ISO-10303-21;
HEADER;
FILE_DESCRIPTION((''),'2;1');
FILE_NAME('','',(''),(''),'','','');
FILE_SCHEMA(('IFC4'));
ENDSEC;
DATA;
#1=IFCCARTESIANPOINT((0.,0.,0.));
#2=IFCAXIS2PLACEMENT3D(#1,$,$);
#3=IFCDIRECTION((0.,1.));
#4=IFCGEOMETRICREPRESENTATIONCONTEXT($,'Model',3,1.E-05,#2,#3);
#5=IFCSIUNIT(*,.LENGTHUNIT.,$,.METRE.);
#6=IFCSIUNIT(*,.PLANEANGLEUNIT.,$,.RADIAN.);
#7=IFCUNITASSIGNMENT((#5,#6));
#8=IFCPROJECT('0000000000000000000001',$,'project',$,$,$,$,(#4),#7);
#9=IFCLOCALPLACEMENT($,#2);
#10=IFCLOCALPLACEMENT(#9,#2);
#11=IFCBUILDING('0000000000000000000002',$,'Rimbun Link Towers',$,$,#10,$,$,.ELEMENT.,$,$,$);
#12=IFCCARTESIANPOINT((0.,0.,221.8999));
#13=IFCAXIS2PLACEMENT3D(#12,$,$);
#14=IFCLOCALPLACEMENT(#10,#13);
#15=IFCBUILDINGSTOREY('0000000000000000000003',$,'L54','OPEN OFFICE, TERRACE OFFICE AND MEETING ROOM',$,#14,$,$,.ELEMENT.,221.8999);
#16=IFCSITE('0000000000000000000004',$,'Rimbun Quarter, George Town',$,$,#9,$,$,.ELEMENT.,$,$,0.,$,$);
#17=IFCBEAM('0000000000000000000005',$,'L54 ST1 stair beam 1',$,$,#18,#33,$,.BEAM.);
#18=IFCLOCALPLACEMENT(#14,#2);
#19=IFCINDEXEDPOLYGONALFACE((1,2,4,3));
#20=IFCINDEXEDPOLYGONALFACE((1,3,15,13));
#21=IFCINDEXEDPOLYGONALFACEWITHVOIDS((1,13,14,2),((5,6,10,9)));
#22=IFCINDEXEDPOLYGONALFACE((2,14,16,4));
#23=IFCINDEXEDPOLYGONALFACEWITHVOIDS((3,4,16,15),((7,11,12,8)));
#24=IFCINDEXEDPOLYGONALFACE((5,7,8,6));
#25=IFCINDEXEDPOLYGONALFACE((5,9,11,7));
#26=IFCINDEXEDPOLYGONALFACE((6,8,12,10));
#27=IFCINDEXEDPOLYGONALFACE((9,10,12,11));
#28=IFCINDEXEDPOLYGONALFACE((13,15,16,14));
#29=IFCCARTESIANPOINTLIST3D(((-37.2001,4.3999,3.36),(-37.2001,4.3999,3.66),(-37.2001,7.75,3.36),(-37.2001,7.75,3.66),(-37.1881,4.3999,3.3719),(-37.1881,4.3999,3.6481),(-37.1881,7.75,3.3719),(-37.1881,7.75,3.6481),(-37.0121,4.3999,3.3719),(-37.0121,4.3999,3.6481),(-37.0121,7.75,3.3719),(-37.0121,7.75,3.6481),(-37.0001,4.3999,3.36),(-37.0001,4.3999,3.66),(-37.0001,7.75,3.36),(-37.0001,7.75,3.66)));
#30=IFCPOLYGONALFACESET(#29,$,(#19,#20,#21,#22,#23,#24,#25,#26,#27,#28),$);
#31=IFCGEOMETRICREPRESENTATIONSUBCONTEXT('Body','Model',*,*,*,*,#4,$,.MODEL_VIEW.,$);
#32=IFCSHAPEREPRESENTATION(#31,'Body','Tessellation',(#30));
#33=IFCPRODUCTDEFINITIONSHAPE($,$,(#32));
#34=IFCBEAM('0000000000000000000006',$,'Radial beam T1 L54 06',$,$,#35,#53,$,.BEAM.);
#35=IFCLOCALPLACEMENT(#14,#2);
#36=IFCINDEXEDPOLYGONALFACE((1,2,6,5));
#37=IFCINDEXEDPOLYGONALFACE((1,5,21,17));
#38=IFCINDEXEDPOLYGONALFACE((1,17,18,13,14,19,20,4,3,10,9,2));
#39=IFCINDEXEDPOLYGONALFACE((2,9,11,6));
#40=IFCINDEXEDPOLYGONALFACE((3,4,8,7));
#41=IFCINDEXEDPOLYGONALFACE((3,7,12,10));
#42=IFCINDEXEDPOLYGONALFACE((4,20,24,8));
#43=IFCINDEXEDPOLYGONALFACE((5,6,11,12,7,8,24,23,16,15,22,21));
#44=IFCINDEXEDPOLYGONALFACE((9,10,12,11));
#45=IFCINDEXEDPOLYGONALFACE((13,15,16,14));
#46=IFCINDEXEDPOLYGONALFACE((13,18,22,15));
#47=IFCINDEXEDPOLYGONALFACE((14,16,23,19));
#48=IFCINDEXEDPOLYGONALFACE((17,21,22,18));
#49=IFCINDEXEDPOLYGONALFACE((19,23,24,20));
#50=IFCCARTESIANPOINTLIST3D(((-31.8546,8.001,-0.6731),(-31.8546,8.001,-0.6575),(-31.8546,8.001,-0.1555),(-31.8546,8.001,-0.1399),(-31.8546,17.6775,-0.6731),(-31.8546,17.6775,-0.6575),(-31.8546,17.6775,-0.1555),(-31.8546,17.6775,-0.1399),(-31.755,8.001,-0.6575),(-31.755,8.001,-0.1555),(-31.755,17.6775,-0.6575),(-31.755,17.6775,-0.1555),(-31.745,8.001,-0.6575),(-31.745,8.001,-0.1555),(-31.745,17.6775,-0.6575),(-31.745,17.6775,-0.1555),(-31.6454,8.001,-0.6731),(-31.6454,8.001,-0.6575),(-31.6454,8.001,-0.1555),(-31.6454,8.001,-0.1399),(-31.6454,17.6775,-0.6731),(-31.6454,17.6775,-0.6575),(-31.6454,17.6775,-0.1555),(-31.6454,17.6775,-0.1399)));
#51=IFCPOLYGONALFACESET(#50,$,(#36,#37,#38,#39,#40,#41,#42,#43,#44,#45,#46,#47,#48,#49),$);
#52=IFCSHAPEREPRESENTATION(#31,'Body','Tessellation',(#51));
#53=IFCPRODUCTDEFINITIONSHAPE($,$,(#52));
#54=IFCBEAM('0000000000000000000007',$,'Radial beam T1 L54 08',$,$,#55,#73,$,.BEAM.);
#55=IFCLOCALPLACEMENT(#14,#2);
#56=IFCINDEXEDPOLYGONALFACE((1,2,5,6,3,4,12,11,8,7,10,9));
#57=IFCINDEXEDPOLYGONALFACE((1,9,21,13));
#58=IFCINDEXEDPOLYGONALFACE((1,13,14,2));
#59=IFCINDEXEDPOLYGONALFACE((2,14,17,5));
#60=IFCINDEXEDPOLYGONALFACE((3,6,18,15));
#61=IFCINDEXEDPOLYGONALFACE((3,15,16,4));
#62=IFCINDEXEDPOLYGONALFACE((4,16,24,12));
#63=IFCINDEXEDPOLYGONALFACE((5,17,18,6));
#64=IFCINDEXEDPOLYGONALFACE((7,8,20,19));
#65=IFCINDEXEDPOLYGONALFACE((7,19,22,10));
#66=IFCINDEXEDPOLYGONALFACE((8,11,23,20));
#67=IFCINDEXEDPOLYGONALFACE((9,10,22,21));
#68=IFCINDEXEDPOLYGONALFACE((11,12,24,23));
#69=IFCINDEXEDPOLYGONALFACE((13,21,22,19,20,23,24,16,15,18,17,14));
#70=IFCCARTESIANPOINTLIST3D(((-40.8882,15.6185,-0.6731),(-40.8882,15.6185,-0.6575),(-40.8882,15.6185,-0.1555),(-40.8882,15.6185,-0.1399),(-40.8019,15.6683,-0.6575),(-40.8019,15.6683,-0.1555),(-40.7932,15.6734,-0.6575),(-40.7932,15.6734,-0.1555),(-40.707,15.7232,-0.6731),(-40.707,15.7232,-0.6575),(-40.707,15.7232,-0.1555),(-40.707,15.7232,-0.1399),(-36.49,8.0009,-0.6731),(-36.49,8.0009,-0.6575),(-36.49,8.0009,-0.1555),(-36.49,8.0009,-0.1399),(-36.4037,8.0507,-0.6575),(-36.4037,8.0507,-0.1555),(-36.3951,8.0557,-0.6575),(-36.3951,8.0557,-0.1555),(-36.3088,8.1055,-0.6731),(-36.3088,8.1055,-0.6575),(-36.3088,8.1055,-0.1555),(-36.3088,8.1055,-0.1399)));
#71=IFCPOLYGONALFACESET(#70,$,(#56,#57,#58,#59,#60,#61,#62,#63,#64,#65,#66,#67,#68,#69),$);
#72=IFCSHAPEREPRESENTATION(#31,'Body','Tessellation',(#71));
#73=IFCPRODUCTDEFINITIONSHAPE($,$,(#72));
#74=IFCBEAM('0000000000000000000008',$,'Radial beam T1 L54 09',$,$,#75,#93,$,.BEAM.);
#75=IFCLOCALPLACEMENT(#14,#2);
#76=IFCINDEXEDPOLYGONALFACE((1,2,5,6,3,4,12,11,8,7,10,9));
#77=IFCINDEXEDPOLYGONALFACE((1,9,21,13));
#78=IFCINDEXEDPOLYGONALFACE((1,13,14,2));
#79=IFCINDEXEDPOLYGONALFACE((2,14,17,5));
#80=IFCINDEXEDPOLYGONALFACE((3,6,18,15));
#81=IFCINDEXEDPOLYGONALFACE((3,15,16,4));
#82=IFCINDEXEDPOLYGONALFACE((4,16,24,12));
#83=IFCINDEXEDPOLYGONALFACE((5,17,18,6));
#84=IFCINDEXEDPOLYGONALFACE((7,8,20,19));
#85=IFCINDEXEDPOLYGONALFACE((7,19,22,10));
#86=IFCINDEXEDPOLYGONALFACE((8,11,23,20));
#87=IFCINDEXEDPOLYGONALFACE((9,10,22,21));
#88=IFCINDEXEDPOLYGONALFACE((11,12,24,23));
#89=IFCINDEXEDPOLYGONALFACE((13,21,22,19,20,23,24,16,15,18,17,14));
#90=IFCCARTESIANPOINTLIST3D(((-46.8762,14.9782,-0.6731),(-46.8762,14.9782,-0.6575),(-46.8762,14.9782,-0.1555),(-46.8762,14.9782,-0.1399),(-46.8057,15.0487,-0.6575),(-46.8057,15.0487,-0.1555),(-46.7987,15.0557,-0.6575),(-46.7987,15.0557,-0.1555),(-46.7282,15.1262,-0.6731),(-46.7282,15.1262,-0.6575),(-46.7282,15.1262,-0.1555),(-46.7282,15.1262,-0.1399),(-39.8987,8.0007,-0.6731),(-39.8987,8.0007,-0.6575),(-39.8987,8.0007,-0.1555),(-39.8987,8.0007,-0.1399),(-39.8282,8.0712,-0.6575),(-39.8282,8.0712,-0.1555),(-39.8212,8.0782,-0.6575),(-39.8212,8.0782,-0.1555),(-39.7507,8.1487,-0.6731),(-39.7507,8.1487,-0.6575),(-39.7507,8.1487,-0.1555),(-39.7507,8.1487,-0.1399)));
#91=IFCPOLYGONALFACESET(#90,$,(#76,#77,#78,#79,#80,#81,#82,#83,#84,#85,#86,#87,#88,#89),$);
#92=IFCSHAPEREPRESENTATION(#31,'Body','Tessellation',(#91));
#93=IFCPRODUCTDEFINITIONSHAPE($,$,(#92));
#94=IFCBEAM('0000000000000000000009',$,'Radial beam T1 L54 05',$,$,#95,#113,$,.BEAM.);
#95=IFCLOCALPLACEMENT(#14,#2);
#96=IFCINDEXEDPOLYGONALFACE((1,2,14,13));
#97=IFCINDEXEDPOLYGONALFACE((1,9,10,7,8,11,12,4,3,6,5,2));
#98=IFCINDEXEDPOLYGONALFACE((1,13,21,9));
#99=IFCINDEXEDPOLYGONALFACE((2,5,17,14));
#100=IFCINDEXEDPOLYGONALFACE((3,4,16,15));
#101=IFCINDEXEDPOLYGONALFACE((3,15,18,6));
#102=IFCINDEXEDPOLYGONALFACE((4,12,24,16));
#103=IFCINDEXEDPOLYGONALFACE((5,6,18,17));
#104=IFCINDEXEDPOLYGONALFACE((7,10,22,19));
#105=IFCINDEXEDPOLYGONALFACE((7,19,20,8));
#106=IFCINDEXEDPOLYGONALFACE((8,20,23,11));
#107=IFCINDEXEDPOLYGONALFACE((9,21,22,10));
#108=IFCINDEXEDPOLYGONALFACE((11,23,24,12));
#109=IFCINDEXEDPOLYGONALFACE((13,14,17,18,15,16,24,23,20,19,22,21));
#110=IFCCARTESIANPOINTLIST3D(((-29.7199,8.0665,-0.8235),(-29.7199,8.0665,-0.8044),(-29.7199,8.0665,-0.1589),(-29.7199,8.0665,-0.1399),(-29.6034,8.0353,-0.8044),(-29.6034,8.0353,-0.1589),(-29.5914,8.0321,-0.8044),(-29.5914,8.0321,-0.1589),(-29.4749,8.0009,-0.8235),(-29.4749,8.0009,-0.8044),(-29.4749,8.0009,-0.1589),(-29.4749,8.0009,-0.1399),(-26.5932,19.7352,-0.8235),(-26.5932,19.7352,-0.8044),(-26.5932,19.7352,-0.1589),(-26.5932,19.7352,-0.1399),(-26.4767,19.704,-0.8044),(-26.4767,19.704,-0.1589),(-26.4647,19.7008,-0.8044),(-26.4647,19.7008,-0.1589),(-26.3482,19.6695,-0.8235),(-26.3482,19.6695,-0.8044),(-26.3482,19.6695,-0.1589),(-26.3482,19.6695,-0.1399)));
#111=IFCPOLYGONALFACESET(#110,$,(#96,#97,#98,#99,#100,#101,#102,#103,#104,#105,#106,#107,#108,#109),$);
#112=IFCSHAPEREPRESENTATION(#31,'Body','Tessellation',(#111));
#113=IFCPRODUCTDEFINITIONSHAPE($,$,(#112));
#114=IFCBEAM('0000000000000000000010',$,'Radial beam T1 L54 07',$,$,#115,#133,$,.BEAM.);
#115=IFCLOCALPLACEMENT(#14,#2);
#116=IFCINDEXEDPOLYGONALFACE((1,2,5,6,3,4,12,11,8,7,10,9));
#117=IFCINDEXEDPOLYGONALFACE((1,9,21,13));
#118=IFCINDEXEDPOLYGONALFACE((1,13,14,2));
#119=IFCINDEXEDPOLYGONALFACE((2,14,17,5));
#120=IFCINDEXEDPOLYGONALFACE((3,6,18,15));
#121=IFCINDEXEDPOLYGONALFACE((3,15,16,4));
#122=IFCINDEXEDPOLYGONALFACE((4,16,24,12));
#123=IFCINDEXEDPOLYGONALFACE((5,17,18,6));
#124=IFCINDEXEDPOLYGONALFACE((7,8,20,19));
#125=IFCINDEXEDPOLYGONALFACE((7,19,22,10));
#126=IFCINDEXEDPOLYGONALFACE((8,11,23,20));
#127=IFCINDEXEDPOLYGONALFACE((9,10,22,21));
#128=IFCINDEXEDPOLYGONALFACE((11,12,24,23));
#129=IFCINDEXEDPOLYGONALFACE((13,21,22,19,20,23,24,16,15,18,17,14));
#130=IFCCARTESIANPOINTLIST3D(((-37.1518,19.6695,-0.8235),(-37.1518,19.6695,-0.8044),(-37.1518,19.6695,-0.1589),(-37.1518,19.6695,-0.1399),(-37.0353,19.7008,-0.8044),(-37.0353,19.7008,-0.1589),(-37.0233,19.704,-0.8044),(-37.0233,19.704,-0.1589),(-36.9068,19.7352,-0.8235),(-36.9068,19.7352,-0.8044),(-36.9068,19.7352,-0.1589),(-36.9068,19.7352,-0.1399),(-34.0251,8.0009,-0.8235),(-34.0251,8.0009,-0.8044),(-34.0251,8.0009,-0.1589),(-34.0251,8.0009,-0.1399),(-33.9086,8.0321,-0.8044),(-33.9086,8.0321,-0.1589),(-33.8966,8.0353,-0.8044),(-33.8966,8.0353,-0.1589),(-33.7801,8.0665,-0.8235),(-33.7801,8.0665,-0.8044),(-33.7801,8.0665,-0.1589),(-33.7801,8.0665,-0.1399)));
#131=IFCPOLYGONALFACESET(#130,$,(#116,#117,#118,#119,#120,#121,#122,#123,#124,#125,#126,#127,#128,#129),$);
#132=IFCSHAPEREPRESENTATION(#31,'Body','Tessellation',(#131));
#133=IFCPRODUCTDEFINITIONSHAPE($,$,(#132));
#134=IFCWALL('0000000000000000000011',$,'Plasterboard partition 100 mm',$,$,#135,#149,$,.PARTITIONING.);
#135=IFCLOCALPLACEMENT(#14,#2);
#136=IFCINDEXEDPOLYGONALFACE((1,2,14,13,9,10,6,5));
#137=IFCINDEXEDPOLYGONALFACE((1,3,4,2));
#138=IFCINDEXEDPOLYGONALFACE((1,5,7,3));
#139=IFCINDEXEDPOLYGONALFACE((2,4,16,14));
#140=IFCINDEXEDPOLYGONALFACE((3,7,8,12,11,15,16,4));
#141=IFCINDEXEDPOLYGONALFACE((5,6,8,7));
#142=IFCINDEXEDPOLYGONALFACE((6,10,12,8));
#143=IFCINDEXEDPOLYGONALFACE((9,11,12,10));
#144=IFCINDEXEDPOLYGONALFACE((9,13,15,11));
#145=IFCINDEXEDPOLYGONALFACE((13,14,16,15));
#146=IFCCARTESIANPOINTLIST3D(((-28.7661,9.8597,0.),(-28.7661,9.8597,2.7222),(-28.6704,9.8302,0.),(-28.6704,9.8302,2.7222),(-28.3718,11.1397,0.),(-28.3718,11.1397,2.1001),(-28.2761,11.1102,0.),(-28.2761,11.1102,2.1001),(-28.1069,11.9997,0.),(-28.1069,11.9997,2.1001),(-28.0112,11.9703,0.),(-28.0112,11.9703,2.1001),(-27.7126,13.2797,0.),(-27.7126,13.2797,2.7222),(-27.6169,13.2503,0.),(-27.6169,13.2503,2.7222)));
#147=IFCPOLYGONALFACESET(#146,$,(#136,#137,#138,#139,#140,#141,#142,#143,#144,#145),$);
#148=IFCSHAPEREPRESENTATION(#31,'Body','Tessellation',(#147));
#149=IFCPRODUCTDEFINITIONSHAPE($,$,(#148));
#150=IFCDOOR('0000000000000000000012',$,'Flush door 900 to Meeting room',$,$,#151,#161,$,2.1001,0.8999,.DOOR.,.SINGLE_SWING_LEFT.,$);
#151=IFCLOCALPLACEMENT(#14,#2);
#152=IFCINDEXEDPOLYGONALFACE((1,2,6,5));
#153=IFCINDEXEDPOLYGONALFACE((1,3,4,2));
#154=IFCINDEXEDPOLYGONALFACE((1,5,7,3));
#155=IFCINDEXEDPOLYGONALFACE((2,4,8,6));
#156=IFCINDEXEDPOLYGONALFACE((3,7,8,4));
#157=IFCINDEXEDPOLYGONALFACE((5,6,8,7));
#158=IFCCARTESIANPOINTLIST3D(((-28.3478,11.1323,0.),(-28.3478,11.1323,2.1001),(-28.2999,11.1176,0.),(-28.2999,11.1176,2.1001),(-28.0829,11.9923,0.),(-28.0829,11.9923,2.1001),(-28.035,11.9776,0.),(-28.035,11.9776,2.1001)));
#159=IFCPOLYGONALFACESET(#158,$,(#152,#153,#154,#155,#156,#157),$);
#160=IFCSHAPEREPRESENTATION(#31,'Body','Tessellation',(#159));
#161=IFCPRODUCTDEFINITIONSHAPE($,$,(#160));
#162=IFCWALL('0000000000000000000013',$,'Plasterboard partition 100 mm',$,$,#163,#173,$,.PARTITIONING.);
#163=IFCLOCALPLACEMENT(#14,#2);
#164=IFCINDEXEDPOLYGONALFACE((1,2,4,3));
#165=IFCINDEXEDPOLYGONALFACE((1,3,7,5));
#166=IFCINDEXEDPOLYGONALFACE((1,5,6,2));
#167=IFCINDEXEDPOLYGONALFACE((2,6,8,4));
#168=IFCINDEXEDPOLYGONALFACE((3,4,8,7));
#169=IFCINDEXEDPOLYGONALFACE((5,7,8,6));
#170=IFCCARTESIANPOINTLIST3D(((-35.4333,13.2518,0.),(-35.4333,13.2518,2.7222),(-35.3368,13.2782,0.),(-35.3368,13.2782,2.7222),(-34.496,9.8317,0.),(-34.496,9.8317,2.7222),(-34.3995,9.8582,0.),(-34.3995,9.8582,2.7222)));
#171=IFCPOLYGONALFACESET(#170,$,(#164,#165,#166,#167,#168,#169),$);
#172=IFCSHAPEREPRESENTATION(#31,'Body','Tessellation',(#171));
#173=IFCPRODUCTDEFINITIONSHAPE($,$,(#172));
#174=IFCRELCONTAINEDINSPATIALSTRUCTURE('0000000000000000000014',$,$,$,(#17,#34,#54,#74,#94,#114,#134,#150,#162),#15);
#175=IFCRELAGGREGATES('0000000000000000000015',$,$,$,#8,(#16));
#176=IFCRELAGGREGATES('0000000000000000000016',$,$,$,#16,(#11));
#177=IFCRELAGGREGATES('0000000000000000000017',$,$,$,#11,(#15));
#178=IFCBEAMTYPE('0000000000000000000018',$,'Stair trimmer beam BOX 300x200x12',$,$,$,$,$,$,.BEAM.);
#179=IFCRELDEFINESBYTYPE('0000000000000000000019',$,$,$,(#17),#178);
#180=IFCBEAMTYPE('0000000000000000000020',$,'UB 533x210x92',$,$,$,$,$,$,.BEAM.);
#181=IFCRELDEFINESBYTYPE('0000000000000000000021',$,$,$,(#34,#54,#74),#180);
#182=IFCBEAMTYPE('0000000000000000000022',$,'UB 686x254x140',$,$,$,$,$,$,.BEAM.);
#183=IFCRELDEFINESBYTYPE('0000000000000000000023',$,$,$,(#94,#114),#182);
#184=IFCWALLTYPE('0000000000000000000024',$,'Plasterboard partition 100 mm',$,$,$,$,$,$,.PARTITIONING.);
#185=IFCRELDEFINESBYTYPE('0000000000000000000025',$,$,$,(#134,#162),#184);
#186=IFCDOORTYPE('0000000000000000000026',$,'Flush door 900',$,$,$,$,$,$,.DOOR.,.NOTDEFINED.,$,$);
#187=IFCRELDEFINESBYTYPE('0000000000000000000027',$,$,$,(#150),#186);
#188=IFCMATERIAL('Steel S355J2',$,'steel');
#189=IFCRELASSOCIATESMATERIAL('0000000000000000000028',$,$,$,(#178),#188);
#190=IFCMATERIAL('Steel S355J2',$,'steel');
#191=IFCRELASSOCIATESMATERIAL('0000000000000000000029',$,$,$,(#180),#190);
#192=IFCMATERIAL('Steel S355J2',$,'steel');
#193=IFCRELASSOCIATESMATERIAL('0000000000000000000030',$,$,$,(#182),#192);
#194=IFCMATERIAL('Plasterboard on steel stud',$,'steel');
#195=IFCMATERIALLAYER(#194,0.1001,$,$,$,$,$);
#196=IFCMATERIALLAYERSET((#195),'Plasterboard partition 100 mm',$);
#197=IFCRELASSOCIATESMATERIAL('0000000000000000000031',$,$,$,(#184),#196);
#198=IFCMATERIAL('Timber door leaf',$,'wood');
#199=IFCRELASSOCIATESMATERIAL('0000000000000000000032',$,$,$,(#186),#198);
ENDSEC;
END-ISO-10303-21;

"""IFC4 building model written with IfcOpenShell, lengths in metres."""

from ifc_helpers import new_model, si_unit, direction, frame, frame_2d, origin, origin_2d, place, context, subcontext, project, spatial, rectangle, hollow_rectangle, i_section, extrude, material, layer, layer_set, material_profile, profile_set, type_object, element, fill, save


model = new_model("IFC4")

# Units and contexts
model_context = context("Model", 3, precision=1e-05, world=origin(), true_north=direction((0.0, 1.0)))
body_context = subcontext(model_context, "Body", "Model", "MODEL_VIEW")
ifc_project = project(units=[si_unit("LENGTHUNIT", "METRE"), si_unit("PLANEANGLEUNIT", "RADIAN")], contexts=[model_context])

# Site, building, storey
site_placement = place(None, origin())
site = spatial("IfcSite", under=ifc_project, at=site_placement, Name="Rimbun Quarter, George Town", CompositionType="ELEMENT", RefElevation=0.0)
building_placement = place(site_placement, origin())
building = spatial("IfcBuilding", under=site, at=building_placement, Name="Rimbun Link Towers", CompositionType="ELEMENT")
storey_placement = place(building_placement, frame((0.0, 0.0, 221.8999)))
storey = spatial("IfcBuildingStorey", under=building, at=storey_placement, Name="L54", Description="OPEN OFFICE, TERRACE OFFICE AND MEETING ROOM", CompositionType="ELEMENT", Elevation=221.8999)

# Beams
ifc_material_1 = material(Name="Steel S355J2", Category="steel")
ifc_material_profile_1 = material_profile(ifc_material_1, hollow_rectangle(XDim=0.2, YDim=0.3, WallThickness=0.012, at=origin_2d()), Name="BOX 300x200x12")
ifc_profile_set_1 = profile_set([ifc_material_profile_1], Name="Steel S355J2")
beam_type_1 = type_object("IfcBeamType", Name="Stair trimmer beam BOX 300x200x12", PredefinedType="BEAM", material=ifc_profile_set_1)
beam_1_placement = place(storey_placement, frame((-37.1001, 7.75, 3.51), z_axis=(0.0, -1.0, 0.0), x_axis=(1.0, 0.0, 0.0)))
element("IfcBeam", 1, at=beam_1_placement, inside=storey, type_object=beam_type_1, Name="L54 ST1 stair beam 1", PredefinedType="BEAM", context=body_context, shape_type="SweptSolid", body=[
    extrude(hollow_rectangle(XDim=0.2, YDim=0.3, WallThickness=0.012, at=origin_2d()), origin(), (0.0, 0.0, 1.0), 3.3501),
])
ifc_material_2 = material(Name="Steel S355J2", Category="steel")
ifc_material_profile_2 = material_profile(ifc_material_2, i_section(OverallWidth=0.2092, OverallDepth=0.5332, WebThickness=0.01, FlangeThickness=0.0156, at=origin_2d()), Name="UB 533x210x92")
ifc_profile_set_2 = profile_set([ifc_material_profile_2], Name="Steel S355J2")
beam_type_2 = type_object("IfcBeamType", Name="UB 533x210x92", PredefinedType="BEAM", material=ifc_profile_set_2)
beam_2_placement = place(storey_placement, frame((-31.75, 8.001, -0.4065), z_axis=(0.0, 1.0, 0.0), x_axis=(-1.0, 0.0, 0.0)))
element("IfcBeam", 2, at=beam_2_placement, inside=storey, type_object=beam_type_2, Name="Radial beam T1 L54 06", PredefinedType="BEAM", context=body_context, shape_type="SweptSolid", body=[
    extrude(i_section(OverallWidth=0.2092, OverallDepth=0.5332, WebThickness=0.01, FlangeThickness=0.0156, at=origin_2d()), origin(), (0.0, 0.0, 1.0), 9.6765),
])
beam_3_placement = place(storey_placement, frame((-36.3994, 8.0532, -0.4065), z_axis=(-0.500011, 0.866019, 0.0), x_axis=(-0.866019, -0.500011, 0.0)))
element("IfcBeam", 3, at=beam_3_placement, inside=storey, type_object=beam_type_2, Name="Radial beam T1 L54 08", PredefinedType="BEAM", context=body_context, shape_type="SweptSolid", body=[
    extrude(i_section(OverallWidth=0.2092, OverallDepth=0.5332, WebThickness=0.01, FlangeThickness=0.0156, at=origin_2d()), origin(), (0.0, 0.0, 1.0), 8.7961),
])
beam_4_placement = place(storey_placement, frame((-39.8247, 8.0747, -0.4065), z_axis=(-0.707107, 0.707107, 0.0), x_axis=(-0.707107, -0.707107, 0.0)))
element("IfcBeam", 4, at=beam_4_placement, inside=storey, type_object=beam_type_2, Name="Radial beam T1 L54 09", PredefinedType="BEAM", context=body_context, shape_type="SweptSolid", body=[
    extrude(i_section(OverallWidth=0.2092, OverallDepth=0.5332, WebThickness=0.01, FlangeThickness=0.0156, at=origin_2d()), origin(), (0.0, 0.0, 1.0), 9.8677),
])
ifc_material_3 = material(Name="Steel S355J2", Category="steel")
ifc_material_profile_3 = material_profile(ifc_material_3, i_section(OverallWidth=0.2537, OverallDepth=0.6836, WebThickness=0.0125, FlangeThickness=0.019, at=origin_2d()), Name="UB 686x254x140")
ifc_profile_set_3 = profile_set([ifc_material_profile_3], Name="Steel S355J2")
beam_type_3 = type_object("IfcBeamType", Name="UB 686x254x140", PredefinedType="BEAM", material=ifc_profile_set_3)
for number, where, z_axis, x_axis, name in (
    (5, (-29.5974, 8.0337, -0.4817), (0.258826, 0.965924, 0.0), (-0.965924, 0.258826, 0.0), "Radial beam T1 L54 05"),
    (6, (-33.9026, 8.0337, -0.4817), (-0.258826, 0.965924, 0.0), (-0.965924, -0.258826, 0.0), "Radial beam T1 L54 07"),
):
    element("IfcBeam", number, at=place(storey_placement, frame(where, z_axis=z_axis, x_axis=x_axis)), inside=storey, type_object=beam_type_3, Name=name, PredefinedType="BEAM", context=body_context, shape_type="SweptSolid", body=[
        extrude(i_section(OverallWidth=0.2537, OverallDepth=0.6836, WebThickness=0.0125, FlangeThickness=0.019, at=origin_2d()), origin(), (0.0, 0.0, 1.0), 12.0803),
    ])

# Wall, opening, door
ifc_material_4 = material(Name="Plasterboard on steel stud", Category="steel")
ifc_layer_1 = layer(ifc_material_4, 0.1001)
ifc_layer_set_1 = layer_set([ifc_layer_1], Name="Plasterboard partition 100 mm")
wall_type_1 = type_object("IfcWallType", Name="Plasterboard partition 100 mm", PredefinedType="PARTITIONING", material=ifc_layer_set_1)
wall_1_placement = place(storey_placement, frame((-28.7183, 9.845, 0.0), z_axis=(0.0, 0.0, 1.0), x_axis=(0.294388, 0.955686, 0.0)))
wall_1 = element("IfcWall", 7, at=wall_1_placement, inside=storey, type_object=wall_type_1, Name="Plasterboard partition 100 mm", PredefinedType="PARTITIONING", context=body_context, shape_type="SweptSolid", body=[
    extrude(rectangle(XDim=3.5786, YDim=0.1001, at=frame_2d((1.7893, 0.0))), origin(), (0.0, 0.0, 1.0), 2.7222),
])
opening_1_placement = place(wall_1_placement, frame((1.3394, 0.0, 0.0)))
opening_1 = element("IfcOpeningElement", 8, at=opening_1_placement, cuts=wall_1, PredefinedType="OPENING", context=body_context, shape_type="SweptSolid", body=[
    extrude(rectangle(XDim=0.8999, YDim=2.1001, at=frame_2d((0.45, 1.05))), frame((0.0, 0.0601, 0.0), z_axis=(0.0, -1.0, 0.0), x_axis=(1.0, 0.0, 0.0)), (0.0, 0.0, 1.0), 0.1201),
])
ifc_material_5 = material(Name="Timber door leaf", Category="wood")
door_type_1 = type_object("IfcDoorType", Name="Flush door 900", OperationType="NOTDEFINED", PredefinedType="DOOR", material=ifc_material_5)
door_1_placement = place(opening_1_placement, origin())
door_1 = element("IfcDoor", 9, at=door_1_placement, inside=storey, type_object=door_type_1, Name="Flush door 900 to Meeting room", OperationType="SINGLE_SWING_LEFT", OverallHeight=2.1001, OverallWidth=0.8999, PredefinedType="DOOR", context=body_context, shape_type="SweptSolid", body=[
    extrude(rectangle(XDim=0.8999, YDim=2.1001, at=frame_2d((0.45, 1.05))), frame((0.0, 0.0249, 0.0), z_axis=(0.0, -1.0, 0.0), x_axis=(1.0, 0.0, 0.0)), (0.0, 0.0, 1.0), 0.05),
])
fill(opening_1, door_1)

# Wall
wall_2_placement = place(storey_placement, frame((-35.385, 13.2649, 0.0), z_axis=(0.0, 0.0, 1.0), x_axis=(0.264311, -0.964437, 0.0)))
element("IfcWall", 10, at=wall_2_placement, inside=storey, type_object=wall_type_1, Name="Plasterboard partition 100 mm", PredefinedType="PARTITIONING", context=body_context, shape_type="SweptSolid", body=[
    extrude(rectangle(XDim=3.5461, YDim=0.1001, at=frame_2d((1.7729, 0.0))), origin(), (0.0, 0.0, 1.0), 2.7222),
])

save(model, "model.ifc")
